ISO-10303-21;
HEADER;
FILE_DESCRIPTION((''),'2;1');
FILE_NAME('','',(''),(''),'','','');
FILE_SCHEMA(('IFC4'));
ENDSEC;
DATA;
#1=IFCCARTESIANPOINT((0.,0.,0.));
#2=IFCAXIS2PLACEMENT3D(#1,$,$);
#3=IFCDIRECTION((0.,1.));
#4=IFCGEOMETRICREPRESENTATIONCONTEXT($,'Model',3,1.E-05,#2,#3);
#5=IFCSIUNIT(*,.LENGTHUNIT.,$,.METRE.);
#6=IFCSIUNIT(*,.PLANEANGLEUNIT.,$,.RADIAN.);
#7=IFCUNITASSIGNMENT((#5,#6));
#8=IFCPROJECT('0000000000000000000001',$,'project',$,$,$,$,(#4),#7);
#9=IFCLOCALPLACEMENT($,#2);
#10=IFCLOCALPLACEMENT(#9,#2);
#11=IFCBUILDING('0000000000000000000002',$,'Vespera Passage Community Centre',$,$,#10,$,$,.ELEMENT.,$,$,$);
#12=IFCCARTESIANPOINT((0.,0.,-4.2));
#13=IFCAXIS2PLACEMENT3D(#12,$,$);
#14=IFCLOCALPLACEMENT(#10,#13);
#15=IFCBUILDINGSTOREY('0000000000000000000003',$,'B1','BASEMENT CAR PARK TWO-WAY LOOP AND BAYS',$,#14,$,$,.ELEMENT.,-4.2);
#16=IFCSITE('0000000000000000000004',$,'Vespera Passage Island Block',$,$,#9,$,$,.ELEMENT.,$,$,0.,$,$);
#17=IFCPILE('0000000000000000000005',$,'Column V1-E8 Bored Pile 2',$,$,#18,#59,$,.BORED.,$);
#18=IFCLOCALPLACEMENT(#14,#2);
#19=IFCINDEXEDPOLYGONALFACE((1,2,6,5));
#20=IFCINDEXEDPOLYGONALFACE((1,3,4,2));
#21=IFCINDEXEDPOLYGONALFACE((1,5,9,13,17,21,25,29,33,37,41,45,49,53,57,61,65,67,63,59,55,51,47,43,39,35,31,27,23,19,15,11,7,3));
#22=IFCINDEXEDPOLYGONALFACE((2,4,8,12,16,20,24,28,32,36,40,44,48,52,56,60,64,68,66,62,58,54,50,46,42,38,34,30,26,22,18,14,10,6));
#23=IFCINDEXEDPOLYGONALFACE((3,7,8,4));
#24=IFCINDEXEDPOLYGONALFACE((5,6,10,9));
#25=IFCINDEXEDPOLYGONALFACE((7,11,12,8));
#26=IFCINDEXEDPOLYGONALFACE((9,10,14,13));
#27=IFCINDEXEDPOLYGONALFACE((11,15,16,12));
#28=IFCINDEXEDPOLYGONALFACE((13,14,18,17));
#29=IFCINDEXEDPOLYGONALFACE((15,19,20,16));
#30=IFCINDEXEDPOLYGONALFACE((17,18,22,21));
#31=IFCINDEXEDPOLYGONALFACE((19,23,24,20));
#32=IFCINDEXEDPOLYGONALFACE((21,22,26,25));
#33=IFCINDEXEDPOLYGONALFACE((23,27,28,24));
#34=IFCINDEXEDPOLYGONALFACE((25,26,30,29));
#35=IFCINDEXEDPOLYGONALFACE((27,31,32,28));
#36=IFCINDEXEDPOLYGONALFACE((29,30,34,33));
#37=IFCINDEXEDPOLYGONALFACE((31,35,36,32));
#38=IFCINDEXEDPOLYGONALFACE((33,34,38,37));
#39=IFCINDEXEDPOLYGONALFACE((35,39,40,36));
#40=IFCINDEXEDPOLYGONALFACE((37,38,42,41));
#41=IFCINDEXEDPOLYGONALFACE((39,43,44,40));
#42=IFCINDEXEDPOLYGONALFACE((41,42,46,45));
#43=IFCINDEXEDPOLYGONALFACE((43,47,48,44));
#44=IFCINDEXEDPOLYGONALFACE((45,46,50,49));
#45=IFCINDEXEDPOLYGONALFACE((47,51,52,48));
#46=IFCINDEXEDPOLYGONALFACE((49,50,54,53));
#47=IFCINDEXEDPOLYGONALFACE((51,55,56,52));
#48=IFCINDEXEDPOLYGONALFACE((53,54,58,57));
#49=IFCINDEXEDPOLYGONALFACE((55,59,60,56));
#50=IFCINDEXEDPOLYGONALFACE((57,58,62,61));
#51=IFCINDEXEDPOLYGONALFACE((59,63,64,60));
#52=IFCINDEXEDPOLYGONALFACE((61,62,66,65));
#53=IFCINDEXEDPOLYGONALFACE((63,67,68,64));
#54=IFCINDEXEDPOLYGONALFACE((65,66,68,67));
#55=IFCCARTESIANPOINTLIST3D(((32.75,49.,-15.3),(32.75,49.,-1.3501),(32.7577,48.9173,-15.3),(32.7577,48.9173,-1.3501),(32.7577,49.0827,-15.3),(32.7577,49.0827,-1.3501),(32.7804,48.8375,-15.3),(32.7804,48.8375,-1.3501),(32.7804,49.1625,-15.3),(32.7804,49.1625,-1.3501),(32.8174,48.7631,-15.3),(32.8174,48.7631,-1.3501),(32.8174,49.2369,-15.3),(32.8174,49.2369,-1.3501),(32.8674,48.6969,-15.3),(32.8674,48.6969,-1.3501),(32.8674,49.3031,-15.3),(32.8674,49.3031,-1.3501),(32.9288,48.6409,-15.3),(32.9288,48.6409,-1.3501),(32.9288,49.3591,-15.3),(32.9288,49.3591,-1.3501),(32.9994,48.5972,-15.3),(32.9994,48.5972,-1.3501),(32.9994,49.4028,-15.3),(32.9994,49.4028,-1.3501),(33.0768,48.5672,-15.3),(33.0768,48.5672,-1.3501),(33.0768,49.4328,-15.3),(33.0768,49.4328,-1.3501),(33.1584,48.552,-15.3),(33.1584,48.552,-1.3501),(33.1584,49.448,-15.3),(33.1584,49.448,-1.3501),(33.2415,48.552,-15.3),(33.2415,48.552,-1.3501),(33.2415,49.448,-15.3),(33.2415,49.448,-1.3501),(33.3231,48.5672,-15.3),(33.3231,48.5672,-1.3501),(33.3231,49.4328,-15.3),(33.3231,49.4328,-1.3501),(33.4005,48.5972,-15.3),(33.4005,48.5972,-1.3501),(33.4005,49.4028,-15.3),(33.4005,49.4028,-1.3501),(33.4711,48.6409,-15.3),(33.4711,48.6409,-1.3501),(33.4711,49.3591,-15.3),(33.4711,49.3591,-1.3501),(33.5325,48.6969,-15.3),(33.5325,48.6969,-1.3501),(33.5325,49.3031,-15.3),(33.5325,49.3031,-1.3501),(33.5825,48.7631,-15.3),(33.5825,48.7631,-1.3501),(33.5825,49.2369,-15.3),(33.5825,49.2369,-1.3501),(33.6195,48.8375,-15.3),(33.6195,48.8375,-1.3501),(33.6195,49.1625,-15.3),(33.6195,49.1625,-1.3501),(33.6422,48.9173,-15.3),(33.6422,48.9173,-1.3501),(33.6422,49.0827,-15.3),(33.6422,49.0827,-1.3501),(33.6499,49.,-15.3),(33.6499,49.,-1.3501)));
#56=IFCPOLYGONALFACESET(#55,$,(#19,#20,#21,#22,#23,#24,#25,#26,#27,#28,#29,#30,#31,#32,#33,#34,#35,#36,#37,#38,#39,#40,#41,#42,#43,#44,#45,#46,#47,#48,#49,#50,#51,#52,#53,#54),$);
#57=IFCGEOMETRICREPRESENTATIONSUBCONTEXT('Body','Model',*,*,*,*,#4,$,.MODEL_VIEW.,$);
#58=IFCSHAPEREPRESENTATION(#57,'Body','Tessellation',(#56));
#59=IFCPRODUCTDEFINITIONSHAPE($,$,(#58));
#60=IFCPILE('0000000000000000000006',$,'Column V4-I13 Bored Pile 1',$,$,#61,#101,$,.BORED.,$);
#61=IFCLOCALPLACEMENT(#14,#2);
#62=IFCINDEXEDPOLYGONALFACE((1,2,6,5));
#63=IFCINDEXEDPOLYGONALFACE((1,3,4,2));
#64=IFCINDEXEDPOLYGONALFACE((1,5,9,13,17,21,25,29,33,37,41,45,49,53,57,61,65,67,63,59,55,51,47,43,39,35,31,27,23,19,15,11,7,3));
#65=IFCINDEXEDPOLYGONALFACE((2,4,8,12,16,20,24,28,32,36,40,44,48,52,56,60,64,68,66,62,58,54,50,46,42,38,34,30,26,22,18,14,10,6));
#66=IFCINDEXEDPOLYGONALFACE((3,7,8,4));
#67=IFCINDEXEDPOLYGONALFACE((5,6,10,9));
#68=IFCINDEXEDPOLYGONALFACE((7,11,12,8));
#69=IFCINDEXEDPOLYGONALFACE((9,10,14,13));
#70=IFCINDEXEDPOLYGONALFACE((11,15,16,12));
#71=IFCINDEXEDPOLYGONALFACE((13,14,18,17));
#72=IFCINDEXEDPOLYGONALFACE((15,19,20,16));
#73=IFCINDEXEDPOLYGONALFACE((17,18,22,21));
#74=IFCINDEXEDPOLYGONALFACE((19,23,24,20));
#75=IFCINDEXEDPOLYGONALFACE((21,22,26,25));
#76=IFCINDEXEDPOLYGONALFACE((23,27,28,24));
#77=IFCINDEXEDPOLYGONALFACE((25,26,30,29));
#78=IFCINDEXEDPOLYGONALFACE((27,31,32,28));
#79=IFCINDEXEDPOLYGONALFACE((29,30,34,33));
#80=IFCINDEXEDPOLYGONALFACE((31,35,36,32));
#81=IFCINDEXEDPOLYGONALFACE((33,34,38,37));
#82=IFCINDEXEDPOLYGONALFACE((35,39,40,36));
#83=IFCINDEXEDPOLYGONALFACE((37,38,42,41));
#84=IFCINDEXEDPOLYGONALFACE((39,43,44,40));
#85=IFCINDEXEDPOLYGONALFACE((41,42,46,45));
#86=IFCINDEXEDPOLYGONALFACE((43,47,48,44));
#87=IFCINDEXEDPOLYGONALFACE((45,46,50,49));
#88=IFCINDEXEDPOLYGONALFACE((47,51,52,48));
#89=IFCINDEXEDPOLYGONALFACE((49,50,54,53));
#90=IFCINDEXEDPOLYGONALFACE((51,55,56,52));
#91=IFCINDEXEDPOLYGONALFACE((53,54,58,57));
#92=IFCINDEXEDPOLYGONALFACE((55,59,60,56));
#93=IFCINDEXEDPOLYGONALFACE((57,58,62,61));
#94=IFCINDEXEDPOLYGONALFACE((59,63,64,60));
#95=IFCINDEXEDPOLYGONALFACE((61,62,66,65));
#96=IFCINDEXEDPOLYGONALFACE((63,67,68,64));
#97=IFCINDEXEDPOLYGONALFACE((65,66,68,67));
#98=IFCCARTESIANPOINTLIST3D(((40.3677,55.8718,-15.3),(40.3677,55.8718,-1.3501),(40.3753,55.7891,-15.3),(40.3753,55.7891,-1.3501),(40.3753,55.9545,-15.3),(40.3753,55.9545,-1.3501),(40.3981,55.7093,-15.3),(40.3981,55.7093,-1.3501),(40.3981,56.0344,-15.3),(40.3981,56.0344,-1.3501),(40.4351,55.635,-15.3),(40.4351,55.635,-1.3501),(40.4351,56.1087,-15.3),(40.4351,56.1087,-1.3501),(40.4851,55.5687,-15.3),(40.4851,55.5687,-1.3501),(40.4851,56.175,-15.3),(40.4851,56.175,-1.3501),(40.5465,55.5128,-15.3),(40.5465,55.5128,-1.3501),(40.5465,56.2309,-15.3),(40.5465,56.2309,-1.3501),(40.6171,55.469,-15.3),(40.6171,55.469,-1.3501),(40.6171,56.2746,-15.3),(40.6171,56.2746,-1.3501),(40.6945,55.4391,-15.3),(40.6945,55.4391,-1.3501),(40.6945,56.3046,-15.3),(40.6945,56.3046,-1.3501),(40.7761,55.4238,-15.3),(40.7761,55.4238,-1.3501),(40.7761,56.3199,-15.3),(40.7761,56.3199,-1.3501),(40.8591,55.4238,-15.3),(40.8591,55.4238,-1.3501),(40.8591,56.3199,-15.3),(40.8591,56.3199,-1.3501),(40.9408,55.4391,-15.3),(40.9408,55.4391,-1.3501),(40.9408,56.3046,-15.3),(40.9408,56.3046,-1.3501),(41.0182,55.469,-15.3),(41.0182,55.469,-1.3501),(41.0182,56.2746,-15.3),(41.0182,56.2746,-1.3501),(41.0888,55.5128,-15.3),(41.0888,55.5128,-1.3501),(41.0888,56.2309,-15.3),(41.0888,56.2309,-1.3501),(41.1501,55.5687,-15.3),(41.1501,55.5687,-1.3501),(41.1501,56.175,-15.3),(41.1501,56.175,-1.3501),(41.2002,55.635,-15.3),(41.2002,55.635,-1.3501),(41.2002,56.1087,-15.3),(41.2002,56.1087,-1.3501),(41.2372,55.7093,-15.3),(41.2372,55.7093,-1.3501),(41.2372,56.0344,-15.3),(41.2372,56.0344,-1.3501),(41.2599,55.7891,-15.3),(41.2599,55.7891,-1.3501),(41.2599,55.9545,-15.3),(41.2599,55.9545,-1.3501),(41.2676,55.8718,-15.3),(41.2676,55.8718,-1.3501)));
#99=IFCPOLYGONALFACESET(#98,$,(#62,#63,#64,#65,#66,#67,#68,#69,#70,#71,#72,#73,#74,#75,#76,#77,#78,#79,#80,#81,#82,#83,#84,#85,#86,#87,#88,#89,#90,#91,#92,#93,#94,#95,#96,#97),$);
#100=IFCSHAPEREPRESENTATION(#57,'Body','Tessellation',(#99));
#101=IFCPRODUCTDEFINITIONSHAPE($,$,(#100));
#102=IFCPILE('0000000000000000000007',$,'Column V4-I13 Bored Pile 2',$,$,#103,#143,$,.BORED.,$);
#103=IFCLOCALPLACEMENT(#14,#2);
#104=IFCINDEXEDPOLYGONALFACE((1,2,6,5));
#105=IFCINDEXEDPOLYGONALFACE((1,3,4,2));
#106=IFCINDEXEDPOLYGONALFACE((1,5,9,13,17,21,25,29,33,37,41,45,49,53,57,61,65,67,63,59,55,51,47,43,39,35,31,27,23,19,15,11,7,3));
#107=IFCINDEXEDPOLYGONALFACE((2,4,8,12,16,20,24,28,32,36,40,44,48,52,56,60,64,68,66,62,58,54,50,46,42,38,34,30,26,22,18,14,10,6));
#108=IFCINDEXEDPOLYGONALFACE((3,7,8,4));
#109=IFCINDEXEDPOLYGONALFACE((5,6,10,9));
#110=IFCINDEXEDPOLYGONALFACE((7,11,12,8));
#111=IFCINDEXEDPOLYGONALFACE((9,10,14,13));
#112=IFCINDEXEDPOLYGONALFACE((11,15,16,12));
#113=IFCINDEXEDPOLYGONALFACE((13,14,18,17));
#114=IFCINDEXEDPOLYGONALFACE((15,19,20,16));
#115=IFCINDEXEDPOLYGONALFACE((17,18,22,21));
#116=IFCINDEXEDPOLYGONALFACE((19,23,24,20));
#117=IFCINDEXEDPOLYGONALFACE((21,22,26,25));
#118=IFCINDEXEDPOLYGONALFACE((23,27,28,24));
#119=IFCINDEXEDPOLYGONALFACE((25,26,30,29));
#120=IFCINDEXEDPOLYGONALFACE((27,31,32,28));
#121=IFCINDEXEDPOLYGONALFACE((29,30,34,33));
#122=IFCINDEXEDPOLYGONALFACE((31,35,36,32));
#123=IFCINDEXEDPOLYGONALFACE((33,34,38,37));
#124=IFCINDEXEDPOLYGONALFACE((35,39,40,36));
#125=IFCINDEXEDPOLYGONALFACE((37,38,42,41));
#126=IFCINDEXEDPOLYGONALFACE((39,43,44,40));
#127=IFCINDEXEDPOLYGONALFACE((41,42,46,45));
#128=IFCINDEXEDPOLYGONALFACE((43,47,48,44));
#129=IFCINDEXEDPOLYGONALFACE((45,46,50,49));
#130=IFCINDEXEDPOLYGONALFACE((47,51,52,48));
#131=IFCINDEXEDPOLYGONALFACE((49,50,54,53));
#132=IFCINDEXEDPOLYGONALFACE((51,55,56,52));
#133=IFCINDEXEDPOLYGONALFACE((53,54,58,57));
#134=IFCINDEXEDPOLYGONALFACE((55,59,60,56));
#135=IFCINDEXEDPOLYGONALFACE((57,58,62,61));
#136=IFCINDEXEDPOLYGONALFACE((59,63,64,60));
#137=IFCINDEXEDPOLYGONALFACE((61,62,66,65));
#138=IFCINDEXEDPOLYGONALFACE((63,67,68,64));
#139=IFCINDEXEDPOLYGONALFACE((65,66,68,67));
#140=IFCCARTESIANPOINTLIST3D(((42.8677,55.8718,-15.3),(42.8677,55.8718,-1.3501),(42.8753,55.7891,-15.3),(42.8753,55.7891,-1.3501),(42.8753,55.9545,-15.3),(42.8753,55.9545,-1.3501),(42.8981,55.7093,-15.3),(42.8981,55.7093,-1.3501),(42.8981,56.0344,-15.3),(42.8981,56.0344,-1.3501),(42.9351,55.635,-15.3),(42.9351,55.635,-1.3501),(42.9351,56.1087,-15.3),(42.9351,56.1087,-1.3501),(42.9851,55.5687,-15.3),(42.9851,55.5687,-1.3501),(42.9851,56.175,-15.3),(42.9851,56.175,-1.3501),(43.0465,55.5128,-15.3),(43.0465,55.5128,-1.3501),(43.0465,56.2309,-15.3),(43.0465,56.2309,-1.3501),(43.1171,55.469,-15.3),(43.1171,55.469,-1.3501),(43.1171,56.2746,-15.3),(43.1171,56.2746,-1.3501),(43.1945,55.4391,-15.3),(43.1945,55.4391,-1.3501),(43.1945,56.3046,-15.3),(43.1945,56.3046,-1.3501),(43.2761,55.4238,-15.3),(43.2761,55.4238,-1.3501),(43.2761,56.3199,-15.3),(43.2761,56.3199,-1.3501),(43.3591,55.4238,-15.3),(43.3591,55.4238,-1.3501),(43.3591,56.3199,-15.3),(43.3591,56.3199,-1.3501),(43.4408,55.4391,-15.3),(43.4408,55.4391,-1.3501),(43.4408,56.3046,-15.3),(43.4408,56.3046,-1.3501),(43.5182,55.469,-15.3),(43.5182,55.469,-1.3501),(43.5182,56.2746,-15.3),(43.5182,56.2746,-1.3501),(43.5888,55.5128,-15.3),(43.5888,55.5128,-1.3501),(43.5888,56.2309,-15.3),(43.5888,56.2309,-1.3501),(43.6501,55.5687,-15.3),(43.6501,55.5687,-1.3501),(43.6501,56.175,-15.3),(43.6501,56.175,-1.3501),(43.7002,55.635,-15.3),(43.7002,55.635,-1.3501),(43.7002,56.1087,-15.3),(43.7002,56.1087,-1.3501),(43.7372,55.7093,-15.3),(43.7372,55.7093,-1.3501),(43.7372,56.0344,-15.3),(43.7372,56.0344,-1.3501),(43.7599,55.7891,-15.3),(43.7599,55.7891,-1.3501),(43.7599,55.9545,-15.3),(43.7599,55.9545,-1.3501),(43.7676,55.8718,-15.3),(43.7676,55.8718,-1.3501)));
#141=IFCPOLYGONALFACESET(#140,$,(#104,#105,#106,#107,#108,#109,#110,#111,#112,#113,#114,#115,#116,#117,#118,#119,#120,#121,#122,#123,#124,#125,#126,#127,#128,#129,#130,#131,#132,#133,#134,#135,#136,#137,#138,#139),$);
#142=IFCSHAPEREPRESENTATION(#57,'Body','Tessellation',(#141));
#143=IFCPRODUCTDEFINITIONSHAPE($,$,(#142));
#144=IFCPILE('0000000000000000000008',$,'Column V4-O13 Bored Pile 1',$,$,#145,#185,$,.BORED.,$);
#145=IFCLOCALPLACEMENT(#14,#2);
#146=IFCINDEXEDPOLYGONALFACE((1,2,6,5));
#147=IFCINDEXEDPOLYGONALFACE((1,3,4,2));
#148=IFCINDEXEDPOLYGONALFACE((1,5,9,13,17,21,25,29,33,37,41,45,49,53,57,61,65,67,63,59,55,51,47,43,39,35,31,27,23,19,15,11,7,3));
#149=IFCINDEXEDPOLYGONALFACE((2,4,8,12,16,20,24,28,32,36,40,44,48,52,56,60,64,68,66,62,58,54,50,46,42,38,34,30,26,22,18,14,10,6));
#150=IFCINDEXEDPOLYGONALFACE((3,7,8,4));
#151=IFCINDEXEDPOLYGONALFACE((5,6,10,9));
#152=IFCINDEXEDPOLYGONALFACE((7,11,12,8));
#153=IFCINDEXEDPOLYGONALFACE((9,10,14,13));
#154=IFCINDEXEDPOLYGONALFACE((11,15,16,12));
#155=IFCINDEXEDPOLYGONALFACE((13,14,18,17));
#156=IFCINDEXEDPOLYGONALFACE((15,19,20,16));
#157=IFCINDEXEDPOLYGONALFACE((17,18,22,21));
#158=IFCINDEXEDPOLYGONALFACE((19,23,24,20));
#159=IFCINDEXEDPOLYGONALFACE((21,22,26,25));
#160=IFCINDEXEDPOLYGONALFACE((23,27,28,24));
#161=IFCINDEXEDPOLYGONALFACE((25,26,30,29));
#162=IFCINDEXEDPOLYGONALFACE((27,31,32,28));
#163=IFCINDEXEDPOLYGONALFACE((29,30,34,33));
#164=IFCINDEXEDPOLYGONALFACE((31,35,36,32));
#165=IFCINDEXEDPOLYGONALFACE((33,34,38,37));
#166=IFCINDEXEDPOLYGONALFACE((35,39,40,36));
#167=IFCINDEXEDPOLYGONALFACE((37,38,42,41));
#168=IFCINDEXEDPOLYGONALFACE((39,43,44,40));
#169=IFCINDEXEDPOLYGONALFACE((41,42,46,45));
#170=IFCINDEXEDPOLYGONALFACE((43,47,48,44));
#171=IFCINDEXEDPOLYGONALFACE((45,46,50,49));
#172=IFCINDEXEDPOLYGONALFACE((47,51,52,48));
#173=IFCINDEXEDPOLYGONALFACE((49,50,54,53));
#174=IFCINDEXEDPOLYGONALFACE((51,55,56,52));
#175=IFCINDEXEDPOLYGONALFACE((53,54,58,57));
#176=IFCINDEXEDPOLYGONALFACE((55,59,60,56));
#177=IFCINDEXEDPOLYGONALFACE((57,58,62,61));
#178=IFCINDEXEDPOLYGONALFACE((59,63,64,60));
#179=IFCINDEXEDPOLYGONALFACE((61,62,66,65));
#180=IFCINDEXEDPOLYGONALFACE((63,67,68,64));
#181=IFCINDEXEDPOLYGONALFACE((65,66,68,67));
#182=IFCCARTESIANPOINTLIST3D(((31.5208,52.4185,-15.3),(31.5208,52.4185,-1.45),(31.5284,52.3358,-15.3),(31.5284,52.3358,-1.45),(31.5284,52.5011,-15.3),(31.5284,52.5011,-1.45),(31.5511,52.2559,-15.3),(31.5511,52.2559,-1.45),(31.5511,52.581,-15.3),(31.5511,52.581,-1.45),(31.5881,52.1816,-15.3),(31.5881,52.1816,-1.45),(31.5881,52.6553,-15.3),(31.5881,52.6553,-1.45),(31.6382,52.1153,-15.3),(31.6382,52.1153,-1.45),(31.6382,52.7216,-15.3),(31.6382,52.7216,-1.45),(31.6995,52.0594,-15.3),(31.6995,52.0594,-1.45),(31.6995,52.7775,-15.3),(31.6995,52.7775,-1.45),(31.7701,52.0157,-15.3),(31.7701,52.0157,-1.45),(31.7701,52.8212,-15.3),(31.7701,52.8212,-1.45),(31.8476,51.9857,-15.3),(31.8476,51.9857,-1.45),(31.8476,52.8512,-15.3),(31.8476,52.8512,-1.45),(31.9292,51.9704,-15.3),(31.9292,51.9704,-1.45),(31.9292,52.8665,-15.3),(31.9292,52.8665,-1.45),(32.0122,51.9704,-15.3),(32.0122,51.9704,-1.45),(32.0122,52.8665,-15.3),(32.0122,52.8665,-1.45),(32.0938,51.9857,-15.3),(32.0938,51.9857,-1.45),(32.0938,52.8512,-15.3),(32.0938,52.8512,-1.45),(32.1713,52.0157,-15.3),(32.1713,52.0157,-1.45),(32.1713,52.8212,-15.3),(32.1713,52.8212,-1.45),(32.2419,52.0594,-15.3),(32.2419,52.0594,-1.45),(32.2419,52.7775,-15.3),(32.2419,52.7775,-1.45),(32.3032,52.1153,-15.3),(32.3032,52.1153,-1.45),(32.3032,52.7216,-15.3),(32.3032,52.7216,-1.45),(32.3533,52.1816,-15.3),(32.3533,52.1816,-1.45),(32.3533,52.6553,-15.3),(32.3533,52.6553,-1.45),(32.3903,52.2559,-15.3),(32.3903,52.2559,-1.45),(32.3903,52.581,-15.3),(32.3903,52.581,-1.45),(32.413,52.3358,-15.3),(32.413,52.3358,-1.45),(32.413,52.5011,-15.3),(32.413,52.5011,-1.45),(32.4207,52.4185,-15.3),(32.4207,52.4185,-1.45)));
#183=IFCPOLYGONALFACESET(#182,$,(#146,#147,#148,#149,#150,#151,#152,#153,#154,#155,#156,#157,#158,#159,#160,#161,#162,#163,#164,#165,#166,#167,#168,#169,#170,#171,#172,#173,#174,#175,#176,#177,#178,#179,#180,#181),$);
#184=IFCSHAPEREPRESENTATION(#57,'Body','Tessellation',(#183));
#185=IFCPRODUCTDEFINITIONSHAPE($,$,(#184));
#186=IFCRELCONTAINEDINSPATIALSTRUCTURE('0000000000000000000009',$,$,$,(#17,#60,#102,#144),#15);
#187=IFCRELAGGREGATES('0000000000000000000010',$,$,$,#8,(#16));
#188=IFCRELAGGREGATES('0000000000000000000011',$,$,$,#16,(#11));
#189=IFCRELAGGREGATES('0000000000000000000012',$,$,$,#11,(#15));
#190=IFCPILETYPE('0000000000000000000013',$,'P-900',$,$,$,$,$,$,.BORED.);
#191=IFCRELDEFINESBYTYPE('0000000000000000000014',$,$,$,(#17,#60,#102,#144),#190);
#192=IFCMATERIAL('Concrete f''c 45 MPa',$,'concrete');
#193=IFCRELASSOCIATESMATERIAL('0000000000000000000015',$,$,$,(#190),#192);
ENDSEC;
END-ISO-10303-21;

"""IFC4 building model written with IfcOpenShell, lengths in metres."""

from ifc_helpers import new_model, si_unit, direction, frame, origin, origin_2d, place, context, subcontext, project, spatial, circle, extrude, material, material_profile, profile_set, type_object, element, save


model = new_model("IFC4")

# Units and contexts
model_context = context("Model", 3, precision=1e-05, world=origin(), true_north=direction((0.0, 1.0)))
body_context = subcontext(model_context, "Body", "Model", "MODEL_VIEW")
ifc_project = project(units=[si_unit("LENGTHUNIT", "METRE"), si_unit("PLANEANGLEUNIT", "RADIAN")], contexts=[model_context])

# Site, building, storey
site_placement = place(None, origin())
site = spatial("IfcSite", under=ifc_project, at=site_placement, Name="Vespera Passage Island Block", CompositionType="ELEMENT", RefElevation=0.0)
building_placement = place(site_placement, origin())
building = spatial("IfcBuilding", under=site, at=building_placement, Name="Vespera Passage Community Centre", CompositionType="ELEMENT")
storey_placement = place(building_placement, frame((0.0, 0.0, -4.2)))
storey = spatial("IfcBuildingStorey", under=building, at=storey_placement, Name="B1", Description="BASEMENT CAR PARK TWO-WAY LOOP AND BAYS", CompositionType="ELEMENT", Elevation=-4.2)

# Piles
ifc_material_1 = material(Name="Concrete f'c 45 MPa", Category="concrete")
ifc_material_profile_1 = material_profile(ifc_material_1, circle(Radius=0.45, at=origin_2d()), Name="PILE900DIA")
ifc_profile_set_1 = profile_set([ifc_material_profile_1], Name="Concrete f'c 45 MPa")
pile_type = type_object("IfcPileType", Name="P-900", PredefinedType="BORED", material=ifc_profile_set_1)
for number, where, z_axis, x_axis, name in (
    (1, (33.2, 49.0, -1.3501), (0.0, 0.0, -1.0), (1.0, 0.0, 0.0), "Column V1-E8 Bored Pile 2"),
    (2, (40.8176, 55.8718, -1.3501), (0.0, 0.0, -1.0), (1.0, 0.0, 0.0), "Column V4-I13 Bored Pile 1"),
    (3, (43.3176, 55.8718, -1.3501), (0.0, 0.0, -1.0), (1.0, 0.0, 0.0), "Column V4-I13 Bored Pile 2"),
):
    element("IfcPile", number, at=place(storey_placement, frame(where, z_axis=z_axis, x_axis=x_axis)), inside=storey, type_object=pile_type, Name=name, PredefinedType="BORED", context=body_context, shape_type="SweptSolid", body=[
        extrude(circle(Radius=0.45, at=origin_2d()), origin(), (0.0, 0.0, 1.0), 13.95),
    ])
for number, where, z_axis, x_axis, name in (
    (4, (31.9707, 52.4185, -1.45), (0.0, 0.0, -1.0), (1.0, 0.0, 0.0), "Column V4-O13 Bored Pile 1"),
):
    element("IfcPile", number, at=place(storey_placement, frame(where, z_axis=z_axis, x_axis=x_axis)), inside=storey, type_object=pile_type, Name=name, PredefinedType="BORED", context=body_context, shape_type="SweptSolid", body=[
        extrude(circle(Radius=0.45, at=origin_2d()), origin(), (0.0, 0.0, 1.0), 13.8501),
    ])

save(model, "model.ifc")
